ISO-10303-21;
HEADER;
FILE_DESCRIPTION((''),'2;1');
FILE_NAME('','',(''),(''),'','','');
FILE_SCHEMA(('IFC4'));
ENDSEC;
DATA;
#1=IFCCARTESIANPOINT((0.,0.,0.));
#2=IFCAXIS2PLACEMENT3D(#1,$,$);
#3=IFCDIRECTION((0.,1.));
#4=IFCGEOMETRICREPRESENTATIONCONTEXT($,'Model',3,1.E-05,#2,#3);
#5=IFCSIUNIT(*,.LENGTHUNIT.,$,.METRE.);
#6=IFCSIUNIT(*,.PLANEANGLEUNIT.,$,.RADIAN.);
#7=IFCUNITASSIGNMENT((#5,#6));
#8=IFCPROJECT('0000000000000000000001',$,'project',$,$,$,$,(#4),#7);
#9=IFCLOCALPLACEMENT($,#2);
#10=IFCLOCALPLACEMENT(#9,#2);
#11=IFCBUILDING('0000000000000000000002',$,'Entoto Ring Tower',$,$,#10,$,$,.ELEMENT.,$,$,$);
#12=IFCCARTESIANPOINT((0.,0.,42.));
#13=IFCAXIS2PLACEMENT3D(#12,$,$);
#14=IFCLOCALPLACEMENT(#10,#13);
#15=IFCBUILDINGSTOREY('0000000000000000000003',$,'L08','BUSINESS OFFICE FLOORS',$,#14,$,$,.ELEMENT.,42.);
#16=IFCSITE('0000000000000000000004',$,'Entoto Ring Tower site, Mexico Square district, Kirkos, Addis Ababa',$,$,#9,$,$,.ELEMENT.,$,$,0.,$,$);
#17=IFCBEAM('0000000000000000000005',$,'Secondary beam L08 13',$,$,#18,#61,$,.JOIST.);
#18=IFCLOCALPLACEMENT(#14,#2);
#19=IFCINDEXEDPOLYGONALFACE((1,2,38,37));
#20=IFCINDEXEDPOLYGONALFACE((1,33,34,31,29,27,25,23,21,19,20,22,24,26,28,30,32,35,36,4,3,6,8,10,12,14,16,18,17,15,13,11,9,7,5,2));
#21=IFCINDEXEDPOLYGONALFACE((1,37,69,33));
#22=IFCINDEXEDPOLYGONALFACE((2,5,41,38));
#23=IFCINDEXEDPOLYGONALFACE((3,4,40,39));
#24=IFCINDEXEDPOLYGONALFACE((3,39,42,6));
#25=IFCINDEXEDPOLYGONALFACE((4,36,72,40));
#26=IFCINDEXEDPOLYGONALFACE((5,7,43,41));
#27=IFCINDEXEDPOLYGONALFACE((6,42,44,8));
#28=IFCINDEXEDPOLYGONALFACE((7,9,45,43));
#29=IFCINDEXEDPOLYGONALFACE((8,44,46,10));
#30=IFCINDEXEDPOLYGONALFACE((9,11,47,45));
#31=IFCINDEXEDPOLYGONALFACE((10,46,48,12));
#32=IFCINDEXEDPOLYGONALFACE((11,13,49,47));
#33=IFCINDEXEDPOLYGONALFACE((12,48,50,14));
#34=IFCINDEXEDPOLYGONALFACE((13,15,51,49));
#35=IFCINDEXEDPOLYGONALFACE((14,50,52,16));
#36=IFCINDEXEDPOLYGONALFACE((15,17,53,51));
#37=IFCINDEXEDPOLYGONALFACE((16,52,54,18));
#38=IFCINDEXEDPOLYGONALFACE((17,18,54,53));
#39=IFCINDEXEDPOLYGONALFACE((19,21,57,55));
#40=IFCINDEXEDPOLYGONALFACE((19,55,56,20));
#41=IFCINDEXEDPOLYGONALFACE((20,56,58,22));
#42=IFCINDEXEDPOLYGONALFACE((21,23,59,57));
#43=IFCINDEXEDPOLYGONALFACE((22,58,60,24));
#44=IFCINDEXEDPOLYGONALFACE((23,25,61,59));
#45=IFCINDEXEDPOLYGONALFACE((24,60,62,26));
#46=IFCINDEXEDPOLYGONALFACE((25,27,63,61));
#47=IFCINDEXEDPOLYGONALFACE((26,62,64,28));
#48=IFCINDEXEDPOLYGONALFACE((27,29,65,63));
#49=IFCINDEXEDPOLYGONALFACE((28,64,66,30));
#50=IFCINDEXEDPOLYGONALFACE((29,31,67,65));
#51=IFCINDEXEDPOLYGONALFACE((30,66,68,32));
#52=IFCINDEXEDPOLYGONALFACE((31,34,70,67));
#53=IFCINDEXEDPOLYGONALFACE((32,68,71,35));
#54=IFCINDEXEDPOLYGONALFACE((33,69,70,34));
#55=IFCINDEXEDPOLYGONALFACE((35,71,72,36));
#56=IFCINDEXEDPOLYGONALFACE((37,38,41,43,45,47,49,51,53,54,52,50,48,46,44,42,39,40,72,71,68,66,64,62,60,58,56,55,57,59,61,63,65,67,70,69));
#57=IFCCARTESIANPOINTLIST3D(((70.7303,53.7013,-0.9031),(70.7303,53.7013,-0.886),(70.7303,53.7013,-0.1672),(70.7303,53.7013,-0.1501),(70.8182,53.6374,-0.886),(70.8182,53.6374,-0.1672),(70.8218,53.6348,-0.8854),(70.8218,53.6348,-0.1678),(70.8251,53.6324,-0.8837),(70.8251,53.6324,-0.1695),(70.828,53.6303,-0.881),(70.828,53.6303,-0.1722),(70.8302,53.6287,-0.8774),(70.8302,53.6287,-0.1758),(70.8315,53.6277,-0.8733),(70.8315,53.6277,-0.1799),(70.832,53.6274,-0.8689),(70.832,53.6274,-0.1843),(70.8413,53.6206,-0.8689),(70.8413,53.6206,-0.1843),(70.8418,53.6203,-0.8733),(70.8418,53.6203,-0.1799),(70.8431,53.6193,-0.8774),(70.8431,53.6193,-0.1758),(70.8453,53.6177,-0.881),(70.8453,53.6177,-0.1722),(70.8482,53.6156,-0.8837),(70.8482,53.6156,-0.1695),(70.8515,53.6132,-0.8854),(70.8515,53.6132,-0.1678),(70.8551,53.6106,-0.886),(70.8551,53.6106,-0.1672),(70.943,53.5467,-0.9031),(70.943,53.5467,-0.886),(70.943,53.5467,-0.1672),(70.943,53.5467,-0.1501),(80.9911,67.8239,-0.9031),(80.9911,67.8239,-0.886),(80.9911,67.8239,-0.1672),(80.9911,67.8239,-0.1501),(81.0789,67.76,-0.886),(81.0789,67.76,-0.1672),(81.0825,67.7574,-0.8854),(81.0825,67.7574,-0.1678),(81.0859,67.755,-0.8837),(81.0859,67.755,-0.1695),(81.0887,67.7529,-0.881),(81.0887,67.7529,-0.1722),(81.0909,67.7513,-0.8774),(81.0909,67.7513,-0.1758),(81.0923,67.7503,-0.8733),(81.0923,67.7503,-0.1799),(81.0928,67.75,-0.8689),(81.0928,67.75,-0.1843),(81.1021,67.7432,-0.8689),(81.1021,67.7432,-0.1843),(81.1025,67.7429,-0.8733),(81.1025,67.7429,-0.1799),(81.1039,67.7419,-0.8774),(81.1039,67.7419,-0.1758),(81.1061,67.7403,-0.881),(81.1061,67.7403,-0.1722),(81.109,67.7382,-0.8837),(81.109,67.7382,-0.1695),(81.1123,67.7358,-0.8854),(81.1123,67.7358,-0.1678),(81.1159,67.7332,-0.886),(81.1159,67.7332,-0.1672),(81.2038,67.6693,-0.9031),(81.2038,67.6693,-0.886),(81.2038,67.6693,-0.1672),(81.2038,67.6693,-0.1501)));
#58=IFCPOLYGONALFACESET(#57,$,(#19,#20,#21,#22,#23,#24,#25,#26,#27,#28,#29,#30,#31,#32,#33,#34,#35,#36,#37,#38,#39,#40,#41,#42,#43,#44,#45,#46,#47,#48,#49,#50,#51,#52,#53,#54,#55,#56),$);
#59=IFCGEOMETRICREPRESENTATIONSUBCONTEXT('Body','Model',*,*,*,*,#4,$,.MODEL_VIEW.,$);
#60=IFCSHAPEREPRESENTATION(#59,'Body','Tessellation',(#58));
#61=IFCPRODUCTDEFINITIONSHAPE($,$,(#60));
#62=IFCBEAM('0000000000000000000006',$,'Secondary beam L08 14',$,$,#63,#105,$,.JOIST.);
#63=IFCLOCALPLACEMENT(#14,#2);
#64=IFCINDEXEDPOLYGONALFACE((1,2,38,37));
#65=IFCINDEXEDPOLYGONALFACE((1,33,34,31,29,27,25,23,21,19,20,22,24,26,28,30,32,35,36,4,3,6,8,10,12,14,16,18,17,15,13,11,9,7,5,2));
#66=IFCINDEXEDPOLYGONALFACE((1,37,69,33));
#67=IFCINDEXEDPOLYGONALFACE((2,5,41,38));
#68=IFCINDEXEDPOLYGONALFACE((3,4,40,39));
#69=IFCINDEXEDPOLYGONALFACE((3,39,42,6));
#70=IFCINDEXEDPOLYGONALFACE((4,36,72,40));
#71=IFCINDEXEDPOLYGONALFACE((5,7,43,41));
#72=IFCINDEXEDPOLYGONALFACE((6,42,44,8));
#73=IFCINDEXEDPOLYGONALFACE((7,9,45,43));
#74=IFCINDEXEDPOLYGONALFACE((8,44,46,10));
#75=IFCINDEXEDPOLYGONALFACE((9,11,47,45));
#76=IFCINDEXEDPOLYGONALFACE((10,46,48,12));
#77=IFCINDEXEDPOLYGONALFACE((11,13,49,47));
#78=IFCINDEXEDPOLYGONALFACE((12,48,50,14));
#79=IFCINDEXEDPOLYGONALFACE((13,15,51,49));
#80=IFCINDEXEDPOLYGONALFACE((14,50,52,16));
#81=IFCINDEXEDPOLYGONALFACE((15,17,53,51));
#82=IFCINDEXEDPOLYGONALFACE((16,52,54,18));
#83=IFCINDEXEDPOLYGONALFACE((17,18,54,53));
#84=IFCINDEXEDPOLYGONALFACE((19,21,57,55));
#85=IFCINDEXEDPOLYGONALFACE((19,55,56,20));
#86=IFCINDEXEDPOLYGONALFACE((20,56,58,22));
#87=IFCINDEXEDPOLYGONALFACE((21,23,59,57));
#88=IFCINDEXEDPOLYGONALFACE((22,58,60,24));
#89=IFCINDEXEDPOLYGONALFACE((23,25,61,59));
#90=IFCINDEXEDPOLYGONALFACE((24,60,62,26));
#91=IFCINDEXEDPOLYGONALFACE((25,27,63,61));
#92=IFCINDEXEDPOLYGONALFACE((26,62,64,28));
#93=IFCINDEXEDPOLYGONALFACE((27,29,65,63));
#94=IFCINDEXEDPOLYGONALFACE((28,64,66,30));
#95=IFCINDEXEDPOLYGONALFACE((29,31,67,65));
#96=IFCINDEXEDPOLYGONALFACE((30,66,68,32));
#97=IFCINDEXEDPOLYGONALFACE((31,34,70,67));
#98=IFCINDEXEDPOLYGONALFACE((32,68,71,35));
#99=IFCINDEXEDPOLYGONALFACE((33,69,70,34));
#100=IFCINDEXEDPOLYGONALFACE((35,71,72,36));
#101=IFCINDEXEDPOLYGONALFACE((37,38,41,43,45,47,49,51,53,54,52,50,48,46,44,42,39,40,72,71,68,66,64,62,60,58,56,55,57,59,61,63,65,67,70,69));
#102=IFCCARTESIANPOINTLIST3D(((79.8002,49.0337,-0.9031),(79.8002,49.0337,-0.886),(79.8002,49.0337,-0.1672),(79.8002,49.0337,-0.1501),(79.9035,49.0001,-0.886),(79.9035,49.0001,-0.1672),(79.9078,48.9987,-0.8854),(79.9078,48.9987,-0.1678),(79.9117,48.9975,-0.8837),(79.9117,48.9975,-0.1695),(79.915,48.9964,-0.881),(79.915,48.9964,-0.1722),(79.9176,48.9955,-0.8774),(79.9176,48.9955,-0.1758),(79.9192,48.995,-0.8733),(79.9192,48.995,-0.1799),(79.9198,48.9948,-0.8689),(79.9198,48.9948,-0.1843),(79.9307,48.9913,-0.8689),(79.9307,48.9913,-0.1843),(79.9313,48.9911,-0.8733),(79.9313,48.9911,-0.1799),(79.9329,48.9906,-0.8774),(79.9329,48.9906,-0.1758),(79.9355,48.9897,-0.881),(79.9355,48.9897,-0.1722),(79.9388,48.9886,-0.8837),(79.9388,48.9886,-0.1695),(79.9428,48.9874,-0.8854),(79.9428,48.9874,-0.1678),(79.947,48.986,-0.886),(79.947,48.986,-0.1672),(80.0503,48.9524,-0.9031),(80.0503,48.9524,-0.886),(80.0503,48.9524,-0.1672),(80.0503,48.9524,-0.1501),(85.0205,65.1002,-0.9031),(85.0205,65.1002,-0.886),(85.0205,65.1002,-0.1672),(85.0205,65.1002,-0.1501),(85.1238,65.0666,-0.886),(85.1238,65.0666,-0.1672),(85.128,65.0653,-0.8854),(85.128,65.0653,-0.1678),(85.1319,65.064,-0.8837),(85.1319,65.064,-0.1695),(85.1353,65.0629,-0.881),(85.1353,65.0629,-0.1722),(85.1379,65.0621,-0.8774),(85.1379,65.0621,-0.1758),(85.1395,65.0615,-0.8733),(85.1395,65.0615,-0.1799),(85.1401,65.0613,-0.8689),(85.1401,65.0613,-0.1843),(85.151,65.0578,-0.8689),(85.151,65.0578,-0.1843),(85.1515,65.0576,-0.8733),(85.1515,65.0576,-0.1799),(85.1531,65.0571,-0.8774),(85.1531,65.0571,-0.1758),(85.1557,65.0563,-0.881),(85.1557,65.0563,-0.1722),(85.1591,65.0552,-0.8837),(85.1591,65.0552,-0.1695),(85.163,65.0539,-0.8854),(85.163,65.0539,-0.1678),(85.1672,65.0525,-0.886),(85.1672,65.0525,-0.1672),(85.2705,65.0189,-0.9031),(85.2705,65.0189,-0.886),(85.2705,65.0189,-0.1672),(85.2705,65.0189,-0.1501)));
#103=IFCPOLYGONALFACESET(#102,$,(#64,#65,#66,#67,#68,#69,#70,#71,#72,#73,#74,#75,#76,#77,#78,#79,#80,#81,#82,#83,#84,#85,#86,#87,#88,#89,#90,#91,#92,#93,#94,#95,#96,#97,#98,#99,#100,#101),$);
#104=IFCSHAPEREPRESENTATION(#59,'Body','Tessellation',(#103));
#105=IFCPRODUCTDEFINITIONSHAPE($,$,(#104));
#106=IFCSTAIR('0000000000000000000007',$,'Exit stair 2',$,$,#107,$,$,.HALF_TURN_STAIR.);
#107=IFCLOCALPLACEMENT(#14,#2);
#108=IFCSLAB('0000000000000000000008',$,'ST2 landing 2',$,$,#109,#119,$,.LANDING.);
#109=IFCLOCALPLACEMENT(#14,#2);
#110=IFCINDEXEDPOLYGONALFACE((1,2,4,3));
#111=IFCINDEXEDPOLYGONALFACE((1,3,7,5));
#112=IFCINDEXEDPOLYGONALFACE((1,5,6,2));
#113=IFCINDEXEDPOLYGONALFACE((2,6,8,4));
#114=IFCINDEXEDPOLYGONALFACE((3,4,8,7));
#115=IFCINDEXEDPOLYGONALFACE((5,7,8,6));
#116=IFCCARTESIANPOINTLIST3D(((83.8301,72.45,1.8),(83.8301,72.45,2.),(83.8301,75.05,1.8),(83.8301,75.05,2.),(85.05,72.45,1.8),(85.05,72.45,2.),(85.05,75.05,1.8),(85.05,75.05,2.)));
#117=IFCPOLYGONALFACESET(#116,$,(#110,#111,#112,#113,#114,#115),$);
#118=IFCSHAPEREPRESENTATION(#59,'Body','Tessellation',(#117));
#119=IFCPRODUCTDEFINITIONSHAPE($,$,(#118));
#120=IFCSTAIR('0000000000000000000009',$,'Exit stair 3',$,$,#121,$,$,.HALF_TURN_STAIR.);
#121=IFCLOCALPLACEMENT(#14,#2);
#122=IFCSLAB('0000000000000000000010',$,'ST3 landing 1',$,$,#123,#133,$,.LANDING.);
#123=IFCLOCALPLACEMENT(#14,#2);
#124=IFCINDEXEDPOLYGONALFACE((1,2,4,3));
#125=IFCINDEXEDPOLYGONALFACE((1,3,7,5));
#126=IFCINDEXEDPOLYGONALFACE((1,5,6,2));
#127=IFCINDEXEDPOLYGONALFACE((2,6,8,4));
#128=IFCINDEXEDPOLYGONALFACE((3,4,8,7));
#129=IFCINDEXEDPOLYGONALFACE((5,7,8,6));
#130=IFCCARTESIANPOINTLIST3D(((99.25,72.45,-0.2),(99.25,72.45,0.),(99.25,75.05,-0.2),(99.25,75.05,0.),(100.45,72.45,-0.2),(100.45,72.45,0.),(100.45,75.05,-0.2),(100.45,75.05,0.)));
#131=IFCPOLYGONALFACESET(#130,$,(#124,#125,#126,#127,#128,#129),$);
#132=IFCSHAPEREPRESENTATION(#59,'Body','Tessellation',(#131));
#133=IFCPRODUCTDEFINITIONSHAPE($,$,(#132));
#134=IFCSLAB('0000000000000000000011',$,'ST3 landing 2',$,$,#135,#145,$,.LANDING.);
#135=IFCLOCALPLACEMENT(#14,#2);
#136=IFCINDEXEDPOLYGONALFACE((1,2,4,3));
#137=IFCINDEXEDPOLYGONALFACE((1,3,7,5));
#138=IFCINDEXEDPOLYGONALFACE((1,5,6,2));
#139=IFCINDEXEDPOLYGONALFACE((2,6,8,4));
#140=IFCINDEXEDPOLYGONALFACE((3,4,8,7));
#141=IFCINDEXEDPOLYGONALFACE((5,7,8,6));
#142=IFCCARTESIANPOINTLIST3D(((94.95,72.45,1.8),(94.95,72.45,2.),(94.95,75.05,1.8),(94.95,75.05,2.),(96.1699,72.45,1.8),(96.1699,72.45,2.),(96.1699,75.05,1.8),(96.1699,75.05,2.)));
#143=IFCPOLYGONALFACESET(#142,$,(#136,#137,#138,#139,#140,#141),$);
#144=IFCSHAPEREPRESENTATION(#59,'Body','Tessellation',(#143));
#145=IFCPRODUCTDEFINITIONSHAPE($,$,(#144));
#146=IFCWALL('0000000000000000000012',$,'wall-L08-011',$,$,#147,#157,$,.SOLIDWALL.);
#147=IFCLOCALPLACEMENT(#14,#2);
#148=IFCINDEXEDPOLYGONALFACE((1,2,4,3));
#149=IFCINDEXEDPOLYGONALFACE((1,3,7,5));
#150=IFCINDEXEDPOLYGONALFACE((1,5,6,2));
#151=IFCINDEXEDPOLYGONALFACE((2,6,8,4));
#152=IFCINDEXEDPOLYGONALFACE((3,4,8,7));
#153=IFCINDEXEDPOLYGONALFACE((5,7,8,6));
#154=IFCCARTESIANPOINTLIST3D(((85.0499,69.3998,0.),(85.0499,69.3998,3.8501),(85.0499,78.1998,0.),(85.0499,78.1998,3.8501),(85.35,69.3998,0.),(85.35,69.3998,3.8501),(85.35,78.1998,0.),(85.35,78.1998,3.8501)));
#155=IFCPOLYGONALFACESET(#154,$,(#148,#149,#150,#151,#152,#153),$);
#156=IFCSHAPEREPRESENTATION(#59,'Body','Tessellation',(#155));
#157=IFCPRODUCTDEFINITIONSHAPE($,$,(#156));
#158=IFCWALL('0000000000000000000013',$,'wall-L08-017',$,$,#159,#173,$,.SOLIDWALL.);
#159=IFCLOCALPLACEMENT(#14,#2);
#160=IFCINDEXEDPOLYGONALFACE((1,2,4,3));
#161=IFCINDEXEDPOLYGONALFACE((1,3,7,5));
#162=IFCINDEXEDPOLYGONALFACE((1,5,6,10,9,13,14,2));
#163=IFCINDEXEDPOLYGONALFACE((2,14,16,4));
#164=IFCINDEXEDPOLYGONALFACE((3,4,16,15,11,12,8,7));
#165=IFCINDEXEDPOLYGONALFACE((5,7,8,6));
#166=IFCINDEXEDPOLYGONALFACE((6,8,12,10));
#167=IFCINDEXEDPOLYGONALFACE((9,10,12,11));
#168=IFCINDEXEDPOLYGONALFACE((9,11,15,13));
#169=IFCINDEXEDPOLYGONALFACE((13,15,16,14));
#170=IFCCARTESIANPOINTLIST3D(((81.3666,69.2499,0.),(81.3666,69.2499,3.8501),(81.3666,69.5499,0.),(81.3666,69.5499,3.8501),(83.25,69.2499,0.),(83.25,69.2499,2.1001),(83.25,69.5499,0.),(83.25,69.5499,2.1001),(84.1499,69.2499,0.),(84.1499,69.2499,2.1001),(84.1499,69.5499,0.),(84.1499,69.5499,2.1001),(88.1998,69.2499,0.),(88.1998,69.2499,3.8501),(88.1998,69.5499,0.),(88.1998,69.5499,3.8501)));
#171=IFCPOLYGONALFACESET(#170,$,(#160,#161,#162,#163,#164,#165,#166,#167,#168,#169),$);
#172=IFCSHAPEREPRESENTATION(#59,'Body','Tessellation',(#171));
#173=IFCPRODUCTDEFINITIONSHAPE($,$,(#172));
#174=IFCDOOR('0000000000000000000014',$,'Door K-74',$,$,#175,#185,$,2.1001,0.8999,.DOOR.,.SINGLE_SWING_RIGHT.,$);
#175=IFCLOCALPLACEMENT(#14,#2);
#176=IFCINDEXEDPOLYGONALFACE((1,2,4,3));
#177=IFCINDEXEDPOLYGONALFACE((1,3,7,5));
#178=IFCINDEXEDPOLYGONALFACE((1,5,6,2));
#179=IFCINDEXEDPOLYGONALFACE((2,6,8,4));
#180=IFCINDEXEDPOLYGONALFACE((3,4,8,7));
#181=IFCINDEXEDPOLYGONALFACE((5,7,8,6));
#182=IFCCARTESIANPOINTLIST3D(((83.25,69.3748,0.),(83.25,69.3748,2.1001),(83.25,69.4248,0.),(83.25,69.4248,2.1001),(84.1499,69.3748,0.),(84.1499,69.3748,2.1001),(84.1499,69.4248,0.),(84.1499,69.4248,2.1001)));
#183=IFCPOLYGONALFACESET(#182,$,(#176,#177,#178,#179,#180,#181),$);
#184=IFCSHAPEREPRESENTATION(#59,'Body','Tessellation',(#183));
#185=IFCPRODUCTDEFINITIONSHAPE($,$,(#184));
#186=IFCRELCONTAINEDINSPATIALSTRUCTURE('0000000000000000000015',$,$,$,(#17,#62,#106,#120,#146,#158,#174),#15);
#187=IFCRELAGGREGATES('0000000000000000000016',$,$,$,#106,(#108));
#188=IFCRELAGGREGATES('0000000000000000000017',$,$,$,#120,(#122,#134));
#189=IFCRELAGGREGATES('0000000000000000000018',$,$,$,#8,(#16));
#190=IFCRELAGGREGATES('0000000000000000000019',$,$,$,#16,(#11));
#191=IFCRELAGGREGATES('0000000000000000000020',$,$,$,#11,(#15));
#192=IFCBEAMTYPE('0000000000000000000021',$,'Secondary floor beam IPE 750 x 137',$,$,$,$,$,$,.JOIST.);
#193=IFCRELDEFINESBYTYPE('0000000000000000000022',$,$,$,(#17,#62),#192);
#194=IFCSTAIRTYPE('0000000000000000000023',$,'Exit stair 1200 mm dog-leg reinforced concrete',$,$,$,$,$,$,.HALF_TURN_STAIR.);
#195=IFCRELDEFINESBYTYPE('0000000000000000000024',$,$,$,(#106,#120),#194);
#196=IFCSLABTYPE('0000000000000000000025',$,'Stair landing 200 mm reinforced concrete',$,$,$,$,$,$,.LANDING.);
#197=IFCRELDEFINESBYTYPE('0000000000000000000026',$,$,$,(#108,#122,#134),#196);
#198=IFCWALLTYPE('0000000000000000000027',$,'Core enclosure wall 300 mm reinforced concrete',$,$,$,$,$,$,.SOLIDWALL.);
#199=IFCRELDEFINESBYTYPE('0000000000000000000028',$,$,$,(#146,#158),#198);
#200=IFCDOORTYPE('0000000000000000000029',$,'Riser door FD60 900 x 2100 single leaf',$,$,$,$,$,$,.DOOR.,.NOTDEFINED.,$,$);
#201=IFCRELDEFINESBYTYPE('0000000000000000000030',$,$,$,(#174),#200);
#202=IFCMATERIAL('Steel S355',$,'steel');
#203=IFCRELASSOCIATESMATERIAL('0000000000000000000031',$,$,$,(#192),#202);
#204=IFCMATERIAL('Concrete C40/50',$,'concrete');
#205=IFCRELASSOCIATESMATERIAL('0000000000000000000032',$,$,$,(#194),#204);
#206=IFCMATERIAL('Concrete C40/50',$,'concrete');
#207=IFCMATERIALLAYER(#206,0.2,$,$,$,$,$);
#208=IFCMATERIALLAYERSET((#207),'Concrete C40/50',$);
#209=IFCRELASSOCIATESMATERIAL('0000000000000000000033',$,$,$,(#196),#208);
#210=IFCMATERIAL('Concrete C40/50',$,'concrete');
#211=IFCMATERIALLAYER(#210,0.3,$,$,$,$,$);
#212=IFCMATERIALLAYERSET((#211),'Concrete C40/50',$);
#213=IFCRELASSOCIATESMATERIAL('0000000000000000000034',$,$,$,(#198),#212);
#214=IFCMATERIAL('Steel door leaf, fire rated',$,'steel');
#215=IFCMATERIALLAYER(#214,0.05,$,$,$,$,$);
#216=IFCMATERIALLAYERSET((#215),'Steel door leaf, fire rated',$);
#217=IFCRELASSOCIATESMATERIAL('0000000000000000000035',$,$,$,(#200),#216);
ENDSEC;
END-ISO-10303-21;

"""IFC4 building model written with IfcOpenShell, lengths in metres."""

from ifc_helpers import new_model, si_unit, direction, frame, frame_2d, origin, origin_2d, place, context, subcontext, project, spatial, polyline, rectangle, i_section, outline, extrude, material, layer, layer_set, material_profile, profile_set, type_object, element, fill, aggregate, save


model = new_model("IFC4")

# Units and contexts
model_context = context("Model", 3, precision=1e-05, world=origin(), true_north=direction((0.0, 1.0)))
body_context = subcontext(model_context, "Body", "Model", "MODEL_VIEW")
ifc_project = project(units=[si_unit("LENGTHUNIT", "METRE"), si_unit("PLANEANGLEUNIT", "RADIAN")], contexts=[model_context])

# Site, building, storey
site_placement = place(None, origin())
site = spatial("IfcSite", under=ifc_project, at=site_placement, Name="Entoto Ring Tower site, Mexico Square district, Kirkos, Addis Ababa", CompositionType="ELEMENT", RefElevation=0.0)
building_placement = place(site_placement, origin())
building = spatial("IfcBuilding", under=site, at=building_placement, Name="Entoto Ring Tower", CompositionType="ELEMENT")
storey_placement = place(building_placement, frame((0.0, 0.0, 42.0)))
storey = spatial("IfcBuildingStorey", under=building, at=storey_placement, Name="L08", Description="BUSINESS OFFICE FLOORS", CompositionType="ELEMENT", Elevation=42.0)

# Beams
ifc_material_1 = material(Name="Steel S355", Category="steel")
ifc_material_profile_1 = material_profile(ifc_material_1, i_section(OverallWidth=0.2629, OverallDepth=0.7529, WebThickness=0.0115, FlangeThickness=0.0171, FilletRadius=0.0171, at=origin_2d()), Name="IPE 750 x 137")
ifc_profile_set_1 = profile_set([ifc_material_profile_1], Name="Steel S355")
beam_type_1 = type_object("IfcBeamType", Name="Secondary floor beam IPE 750 x 137", PredefinedType="JOIST", material=ifc_profile_set_1)
beam_1_placement = place(storey_placement, frame((81.0974, 67.7466, -0.5266), z_axis=(-0.587789, -0.809014, 0.0), x_axis=(0.809014, -0.587789, 0.0)))
element("IfcBeam", 1, at=beam_1_placement, inside=storey, type_object=beam_type_1, Name="Secondary beam L08 13", PredefinedType="JOIST", context=body_context, shape_type="SweptSolid", body=[
    extrude(i_section(OverallWidth=0.2629, OverallDepth=0.7529, WebThickness=0.0115, FlangeThickness=0.0171, FilletRadius=0.0171, at=origin_2d()), origin(), (0.0, 0.0, 1.0), 17.4565),
])
beam_2_placement = place(storey_placement, frame((85.1455, 65.0596, -0.5266), z_axis=(-0.309013, -0.951058, 0.0), x_axis=(0.951058, -0.309013, 0.0)))
element("IfcBeam", 2, at=beam_2_placement, inside=storey, type_object=beam_type_1, Name="Secondary beam L08 14", PredefinedType="JOIST", context=body_context, shape_type="SweptSolid", body=[
    extrude(i_section(OverallWidth=0.2629, OverallDepth=0.7529, WebThickness=0.0115, FlangeThickness=0.0171, FilletRadius=0.0171, at=origin_2d()), origin(), (0.0, 0.0, 1.0), 16.8933),
])

# Stair, slab
ifc_material_2 = material(Name="Concrete C40/50", Category="concrete")
stair_type = type_object("IfcStairType", Name="Exit stair 1200 mm dog-leg reinforced concrete", PredefinedType="HALF_TURN_STAIR", material=ifc_material_2)
stair_1_placement = place(storey_placement, origin())
stair_1 = element("IfcStair", 3, at=stair_1_placement, inside=storey, type_object=stair_type, Name="Exit stair 2", PredefinedType="HALF_TURN_STAIR")
ifc_material_3 = material(Name="Concrete C40/50", Category="concrete")
ifc_layer_1 = layer(ifc_material_3, 0.2)
ifc_layer_set_1 = layer_set([ifc_layer_1], Name="Concrete C40/50")
slab_type_1 = type_object("IfcSlabType", Name="Stair landing 200 mm reinforced concrete", PredefinedType="LANDING", material=ifc_layer_set_1)
slab_1_placement = place(storey_placement, frame((0.0, 0.0, 1.8)))
slab_1 = element("IfcSlab", 4, at=slab_1_placement, type_object=slab_type_1, Name="ST2 landing 2", PredefinedType="LANDING", context=body_context, shape_type="SweptSolid", body=[
    extrude(outline(polyline([(83.8301, 72.45), (85.05, 72.45), (85.05, 75.05), (83.8301, 75.05), (83.8301, 72.45)])), origin(), (0.0, 0.0, 1.0), 0.2),
])
aggregate(stair_1, [slab_1])

# Stair, slabs
stair_2_placement = place(storey_placement, origin())
stair_2 = element("IfcStair", 5, at=stair_2_placement, inside=storey, type_object=stair_type, Name="Exit stair 3", PredefinedType="HALF_TURN_STAIR")
slab_2_placement = place(storey_placement, frame((0.0, 0.0, -0.2)))
slab_2 = element("IfcSlab", 6, at=slab_2_placement, type_object=slab_type_1, Name="ST3 landing 1", PredefinedType="LANDING", context=body_context, shape_type="SweptSolid", body=[
    extrude(outline(polyline([(100.45, 72.45), (100.45, 75.05), (99.25, 75.05), (99.25, 72.45), (100.45, 72.45)])), origin(), (0.0, 0.0, 1.0), 0.2),
])
slab_3_placement = place(storey_placement, frame((0.0, 0.0, 1.8)))
slab_3 = element("IfcSlab", 7, at=slab_3_placement, type_object=slab_type_1, Name="ST3 landing 2", PredefinedType="LANDING", context=body_context, shape_type="SweptSolid", body=[
    extrude(outline(polyline([(94.95, 72.45), (96.1699, 72.45), (96.1699, 75.05), (94.95, 75.05), (94.95, 72.45)])), origin(), (0.0, 0.0, 1.0), 0.2),
])
aggregate(stair_2, [slab_2, slab_3])

# Wall
ifc_material_4 = material(Name="Concrete C40/50", Category="concrete")
ifc_layer_2 = layer(ifc_material_4, 0.3)
ifc_layer_set_2 = layer_set([ifc_layer_2], Name="Concrete C40/50")
wall_type_1 = type_object("IfcWallType", Name="Core enclosure wall 300 mm reinforced concrete", PredefinedType="SOLIDWALL", material=ifc_layer_set_2)
wall_1_placement = place(storey_placement, frame((85.2, 69.3999, 0.0), z_axis=(0.0, 0.0, 1.0), x_axis=(0.0, 1.0, 0.0)))
element("IfcWall", 8, at=wall_1_placement, inside=storey, type_object=wall_type_1, Name="wall-L08-011", PredefinedType="SOLIDWALL", context=body_context, shape_type="SweptSolid", body=[
    extrude(rectangle(XDim=8.8, YDim=0.3, at=frame_2d((4.3999, 0.0))), origin(), (0.0, 0.0, 1.0), 3.8501),
])

# Wall, opening, door
wall_2_placement = place(storey_placement, frame((81.3667, 69.3999, 0.0), z_axis=(0.0, 0.0, 1.0), x_axis=(1.0, 0.0, 0.0)))
wall_2 = element("IfcWall", 9, at=wall_2_placement, inside=storey, type_object=wall_type_1, Name="wall-L08-017", PredefinedType="SOLIDWALL", context=body_context, shape_type="SweptSolid", body=[
    extrude(rectangle(XDim=6.8333, YDim=0.3, at=frame_2d((3.4165, 0.0))), origin(), (0.0, 0.0, 1.0), 3.8501),
])
opening_1_placement = place(wall_2_placement, frame((1.8833, 0.0, 0.0)))
opening_1 = element("IfcOpeningElement", 10, at=opening_1_placement, cuts=wall_2, PredefinedType="OPENING", context=body_context, shape_type="SweptSolid", body=[
    extrude(rectangle(XDim=0.8999, YDim=2.1001, at=frame_2d((0.45, 1.05))), frame((0.0, 0.1602, 0.0), z_axis=(0.0, -1.0, 0.0), x_axis=(1.0, 0.0, 0.0)), (0.0, 0.0, 1.0), 0.3201),
])
ifc_material_5 = material(Name="Steel door leaf, fire rated", Category="steel")
ifc_layer_3 = layer(ifc_material_5, 0.05)
ifc_layer_set_3 = layer_set([ifc_layer_3], Name="Steel door leaf, fire rated")
door_type_1 = type_object("IfcDoorType", Name="Riser door FD60 900 x 2100 single leaf", OperationType="NOTDEFINED", PredefinedType="DOOR", material=ifc_layer_set_3)
door_1_placement = place(opening_1_placement, origin())
door_1 = element("IfcDoor", 11, at=door_1_placement, inside=storey, type_object=door_type_1, Name="Door K-74", OperationType="SINGLE_SWING_RIGHT", OverallHeight=2.1001, OverallWidth=0.8999, PredefinedType="DOOR", context=body_context, shape_type="SweptSolid", body=[
    extrude(rectangle(XDim=0.8999, YDim=2.1001, at=frame_2d((0.45, 1.05))), frame((0.0, 0.0249, 0.0), z_axis=(0.0, -1.0, 0.0), x_axis=(1.0, 0.0, 0.0)), (0.0, 0.0, 1.0), 0.05),
])
fill(opening_1, door_1)

save(model, "model.ifc")
